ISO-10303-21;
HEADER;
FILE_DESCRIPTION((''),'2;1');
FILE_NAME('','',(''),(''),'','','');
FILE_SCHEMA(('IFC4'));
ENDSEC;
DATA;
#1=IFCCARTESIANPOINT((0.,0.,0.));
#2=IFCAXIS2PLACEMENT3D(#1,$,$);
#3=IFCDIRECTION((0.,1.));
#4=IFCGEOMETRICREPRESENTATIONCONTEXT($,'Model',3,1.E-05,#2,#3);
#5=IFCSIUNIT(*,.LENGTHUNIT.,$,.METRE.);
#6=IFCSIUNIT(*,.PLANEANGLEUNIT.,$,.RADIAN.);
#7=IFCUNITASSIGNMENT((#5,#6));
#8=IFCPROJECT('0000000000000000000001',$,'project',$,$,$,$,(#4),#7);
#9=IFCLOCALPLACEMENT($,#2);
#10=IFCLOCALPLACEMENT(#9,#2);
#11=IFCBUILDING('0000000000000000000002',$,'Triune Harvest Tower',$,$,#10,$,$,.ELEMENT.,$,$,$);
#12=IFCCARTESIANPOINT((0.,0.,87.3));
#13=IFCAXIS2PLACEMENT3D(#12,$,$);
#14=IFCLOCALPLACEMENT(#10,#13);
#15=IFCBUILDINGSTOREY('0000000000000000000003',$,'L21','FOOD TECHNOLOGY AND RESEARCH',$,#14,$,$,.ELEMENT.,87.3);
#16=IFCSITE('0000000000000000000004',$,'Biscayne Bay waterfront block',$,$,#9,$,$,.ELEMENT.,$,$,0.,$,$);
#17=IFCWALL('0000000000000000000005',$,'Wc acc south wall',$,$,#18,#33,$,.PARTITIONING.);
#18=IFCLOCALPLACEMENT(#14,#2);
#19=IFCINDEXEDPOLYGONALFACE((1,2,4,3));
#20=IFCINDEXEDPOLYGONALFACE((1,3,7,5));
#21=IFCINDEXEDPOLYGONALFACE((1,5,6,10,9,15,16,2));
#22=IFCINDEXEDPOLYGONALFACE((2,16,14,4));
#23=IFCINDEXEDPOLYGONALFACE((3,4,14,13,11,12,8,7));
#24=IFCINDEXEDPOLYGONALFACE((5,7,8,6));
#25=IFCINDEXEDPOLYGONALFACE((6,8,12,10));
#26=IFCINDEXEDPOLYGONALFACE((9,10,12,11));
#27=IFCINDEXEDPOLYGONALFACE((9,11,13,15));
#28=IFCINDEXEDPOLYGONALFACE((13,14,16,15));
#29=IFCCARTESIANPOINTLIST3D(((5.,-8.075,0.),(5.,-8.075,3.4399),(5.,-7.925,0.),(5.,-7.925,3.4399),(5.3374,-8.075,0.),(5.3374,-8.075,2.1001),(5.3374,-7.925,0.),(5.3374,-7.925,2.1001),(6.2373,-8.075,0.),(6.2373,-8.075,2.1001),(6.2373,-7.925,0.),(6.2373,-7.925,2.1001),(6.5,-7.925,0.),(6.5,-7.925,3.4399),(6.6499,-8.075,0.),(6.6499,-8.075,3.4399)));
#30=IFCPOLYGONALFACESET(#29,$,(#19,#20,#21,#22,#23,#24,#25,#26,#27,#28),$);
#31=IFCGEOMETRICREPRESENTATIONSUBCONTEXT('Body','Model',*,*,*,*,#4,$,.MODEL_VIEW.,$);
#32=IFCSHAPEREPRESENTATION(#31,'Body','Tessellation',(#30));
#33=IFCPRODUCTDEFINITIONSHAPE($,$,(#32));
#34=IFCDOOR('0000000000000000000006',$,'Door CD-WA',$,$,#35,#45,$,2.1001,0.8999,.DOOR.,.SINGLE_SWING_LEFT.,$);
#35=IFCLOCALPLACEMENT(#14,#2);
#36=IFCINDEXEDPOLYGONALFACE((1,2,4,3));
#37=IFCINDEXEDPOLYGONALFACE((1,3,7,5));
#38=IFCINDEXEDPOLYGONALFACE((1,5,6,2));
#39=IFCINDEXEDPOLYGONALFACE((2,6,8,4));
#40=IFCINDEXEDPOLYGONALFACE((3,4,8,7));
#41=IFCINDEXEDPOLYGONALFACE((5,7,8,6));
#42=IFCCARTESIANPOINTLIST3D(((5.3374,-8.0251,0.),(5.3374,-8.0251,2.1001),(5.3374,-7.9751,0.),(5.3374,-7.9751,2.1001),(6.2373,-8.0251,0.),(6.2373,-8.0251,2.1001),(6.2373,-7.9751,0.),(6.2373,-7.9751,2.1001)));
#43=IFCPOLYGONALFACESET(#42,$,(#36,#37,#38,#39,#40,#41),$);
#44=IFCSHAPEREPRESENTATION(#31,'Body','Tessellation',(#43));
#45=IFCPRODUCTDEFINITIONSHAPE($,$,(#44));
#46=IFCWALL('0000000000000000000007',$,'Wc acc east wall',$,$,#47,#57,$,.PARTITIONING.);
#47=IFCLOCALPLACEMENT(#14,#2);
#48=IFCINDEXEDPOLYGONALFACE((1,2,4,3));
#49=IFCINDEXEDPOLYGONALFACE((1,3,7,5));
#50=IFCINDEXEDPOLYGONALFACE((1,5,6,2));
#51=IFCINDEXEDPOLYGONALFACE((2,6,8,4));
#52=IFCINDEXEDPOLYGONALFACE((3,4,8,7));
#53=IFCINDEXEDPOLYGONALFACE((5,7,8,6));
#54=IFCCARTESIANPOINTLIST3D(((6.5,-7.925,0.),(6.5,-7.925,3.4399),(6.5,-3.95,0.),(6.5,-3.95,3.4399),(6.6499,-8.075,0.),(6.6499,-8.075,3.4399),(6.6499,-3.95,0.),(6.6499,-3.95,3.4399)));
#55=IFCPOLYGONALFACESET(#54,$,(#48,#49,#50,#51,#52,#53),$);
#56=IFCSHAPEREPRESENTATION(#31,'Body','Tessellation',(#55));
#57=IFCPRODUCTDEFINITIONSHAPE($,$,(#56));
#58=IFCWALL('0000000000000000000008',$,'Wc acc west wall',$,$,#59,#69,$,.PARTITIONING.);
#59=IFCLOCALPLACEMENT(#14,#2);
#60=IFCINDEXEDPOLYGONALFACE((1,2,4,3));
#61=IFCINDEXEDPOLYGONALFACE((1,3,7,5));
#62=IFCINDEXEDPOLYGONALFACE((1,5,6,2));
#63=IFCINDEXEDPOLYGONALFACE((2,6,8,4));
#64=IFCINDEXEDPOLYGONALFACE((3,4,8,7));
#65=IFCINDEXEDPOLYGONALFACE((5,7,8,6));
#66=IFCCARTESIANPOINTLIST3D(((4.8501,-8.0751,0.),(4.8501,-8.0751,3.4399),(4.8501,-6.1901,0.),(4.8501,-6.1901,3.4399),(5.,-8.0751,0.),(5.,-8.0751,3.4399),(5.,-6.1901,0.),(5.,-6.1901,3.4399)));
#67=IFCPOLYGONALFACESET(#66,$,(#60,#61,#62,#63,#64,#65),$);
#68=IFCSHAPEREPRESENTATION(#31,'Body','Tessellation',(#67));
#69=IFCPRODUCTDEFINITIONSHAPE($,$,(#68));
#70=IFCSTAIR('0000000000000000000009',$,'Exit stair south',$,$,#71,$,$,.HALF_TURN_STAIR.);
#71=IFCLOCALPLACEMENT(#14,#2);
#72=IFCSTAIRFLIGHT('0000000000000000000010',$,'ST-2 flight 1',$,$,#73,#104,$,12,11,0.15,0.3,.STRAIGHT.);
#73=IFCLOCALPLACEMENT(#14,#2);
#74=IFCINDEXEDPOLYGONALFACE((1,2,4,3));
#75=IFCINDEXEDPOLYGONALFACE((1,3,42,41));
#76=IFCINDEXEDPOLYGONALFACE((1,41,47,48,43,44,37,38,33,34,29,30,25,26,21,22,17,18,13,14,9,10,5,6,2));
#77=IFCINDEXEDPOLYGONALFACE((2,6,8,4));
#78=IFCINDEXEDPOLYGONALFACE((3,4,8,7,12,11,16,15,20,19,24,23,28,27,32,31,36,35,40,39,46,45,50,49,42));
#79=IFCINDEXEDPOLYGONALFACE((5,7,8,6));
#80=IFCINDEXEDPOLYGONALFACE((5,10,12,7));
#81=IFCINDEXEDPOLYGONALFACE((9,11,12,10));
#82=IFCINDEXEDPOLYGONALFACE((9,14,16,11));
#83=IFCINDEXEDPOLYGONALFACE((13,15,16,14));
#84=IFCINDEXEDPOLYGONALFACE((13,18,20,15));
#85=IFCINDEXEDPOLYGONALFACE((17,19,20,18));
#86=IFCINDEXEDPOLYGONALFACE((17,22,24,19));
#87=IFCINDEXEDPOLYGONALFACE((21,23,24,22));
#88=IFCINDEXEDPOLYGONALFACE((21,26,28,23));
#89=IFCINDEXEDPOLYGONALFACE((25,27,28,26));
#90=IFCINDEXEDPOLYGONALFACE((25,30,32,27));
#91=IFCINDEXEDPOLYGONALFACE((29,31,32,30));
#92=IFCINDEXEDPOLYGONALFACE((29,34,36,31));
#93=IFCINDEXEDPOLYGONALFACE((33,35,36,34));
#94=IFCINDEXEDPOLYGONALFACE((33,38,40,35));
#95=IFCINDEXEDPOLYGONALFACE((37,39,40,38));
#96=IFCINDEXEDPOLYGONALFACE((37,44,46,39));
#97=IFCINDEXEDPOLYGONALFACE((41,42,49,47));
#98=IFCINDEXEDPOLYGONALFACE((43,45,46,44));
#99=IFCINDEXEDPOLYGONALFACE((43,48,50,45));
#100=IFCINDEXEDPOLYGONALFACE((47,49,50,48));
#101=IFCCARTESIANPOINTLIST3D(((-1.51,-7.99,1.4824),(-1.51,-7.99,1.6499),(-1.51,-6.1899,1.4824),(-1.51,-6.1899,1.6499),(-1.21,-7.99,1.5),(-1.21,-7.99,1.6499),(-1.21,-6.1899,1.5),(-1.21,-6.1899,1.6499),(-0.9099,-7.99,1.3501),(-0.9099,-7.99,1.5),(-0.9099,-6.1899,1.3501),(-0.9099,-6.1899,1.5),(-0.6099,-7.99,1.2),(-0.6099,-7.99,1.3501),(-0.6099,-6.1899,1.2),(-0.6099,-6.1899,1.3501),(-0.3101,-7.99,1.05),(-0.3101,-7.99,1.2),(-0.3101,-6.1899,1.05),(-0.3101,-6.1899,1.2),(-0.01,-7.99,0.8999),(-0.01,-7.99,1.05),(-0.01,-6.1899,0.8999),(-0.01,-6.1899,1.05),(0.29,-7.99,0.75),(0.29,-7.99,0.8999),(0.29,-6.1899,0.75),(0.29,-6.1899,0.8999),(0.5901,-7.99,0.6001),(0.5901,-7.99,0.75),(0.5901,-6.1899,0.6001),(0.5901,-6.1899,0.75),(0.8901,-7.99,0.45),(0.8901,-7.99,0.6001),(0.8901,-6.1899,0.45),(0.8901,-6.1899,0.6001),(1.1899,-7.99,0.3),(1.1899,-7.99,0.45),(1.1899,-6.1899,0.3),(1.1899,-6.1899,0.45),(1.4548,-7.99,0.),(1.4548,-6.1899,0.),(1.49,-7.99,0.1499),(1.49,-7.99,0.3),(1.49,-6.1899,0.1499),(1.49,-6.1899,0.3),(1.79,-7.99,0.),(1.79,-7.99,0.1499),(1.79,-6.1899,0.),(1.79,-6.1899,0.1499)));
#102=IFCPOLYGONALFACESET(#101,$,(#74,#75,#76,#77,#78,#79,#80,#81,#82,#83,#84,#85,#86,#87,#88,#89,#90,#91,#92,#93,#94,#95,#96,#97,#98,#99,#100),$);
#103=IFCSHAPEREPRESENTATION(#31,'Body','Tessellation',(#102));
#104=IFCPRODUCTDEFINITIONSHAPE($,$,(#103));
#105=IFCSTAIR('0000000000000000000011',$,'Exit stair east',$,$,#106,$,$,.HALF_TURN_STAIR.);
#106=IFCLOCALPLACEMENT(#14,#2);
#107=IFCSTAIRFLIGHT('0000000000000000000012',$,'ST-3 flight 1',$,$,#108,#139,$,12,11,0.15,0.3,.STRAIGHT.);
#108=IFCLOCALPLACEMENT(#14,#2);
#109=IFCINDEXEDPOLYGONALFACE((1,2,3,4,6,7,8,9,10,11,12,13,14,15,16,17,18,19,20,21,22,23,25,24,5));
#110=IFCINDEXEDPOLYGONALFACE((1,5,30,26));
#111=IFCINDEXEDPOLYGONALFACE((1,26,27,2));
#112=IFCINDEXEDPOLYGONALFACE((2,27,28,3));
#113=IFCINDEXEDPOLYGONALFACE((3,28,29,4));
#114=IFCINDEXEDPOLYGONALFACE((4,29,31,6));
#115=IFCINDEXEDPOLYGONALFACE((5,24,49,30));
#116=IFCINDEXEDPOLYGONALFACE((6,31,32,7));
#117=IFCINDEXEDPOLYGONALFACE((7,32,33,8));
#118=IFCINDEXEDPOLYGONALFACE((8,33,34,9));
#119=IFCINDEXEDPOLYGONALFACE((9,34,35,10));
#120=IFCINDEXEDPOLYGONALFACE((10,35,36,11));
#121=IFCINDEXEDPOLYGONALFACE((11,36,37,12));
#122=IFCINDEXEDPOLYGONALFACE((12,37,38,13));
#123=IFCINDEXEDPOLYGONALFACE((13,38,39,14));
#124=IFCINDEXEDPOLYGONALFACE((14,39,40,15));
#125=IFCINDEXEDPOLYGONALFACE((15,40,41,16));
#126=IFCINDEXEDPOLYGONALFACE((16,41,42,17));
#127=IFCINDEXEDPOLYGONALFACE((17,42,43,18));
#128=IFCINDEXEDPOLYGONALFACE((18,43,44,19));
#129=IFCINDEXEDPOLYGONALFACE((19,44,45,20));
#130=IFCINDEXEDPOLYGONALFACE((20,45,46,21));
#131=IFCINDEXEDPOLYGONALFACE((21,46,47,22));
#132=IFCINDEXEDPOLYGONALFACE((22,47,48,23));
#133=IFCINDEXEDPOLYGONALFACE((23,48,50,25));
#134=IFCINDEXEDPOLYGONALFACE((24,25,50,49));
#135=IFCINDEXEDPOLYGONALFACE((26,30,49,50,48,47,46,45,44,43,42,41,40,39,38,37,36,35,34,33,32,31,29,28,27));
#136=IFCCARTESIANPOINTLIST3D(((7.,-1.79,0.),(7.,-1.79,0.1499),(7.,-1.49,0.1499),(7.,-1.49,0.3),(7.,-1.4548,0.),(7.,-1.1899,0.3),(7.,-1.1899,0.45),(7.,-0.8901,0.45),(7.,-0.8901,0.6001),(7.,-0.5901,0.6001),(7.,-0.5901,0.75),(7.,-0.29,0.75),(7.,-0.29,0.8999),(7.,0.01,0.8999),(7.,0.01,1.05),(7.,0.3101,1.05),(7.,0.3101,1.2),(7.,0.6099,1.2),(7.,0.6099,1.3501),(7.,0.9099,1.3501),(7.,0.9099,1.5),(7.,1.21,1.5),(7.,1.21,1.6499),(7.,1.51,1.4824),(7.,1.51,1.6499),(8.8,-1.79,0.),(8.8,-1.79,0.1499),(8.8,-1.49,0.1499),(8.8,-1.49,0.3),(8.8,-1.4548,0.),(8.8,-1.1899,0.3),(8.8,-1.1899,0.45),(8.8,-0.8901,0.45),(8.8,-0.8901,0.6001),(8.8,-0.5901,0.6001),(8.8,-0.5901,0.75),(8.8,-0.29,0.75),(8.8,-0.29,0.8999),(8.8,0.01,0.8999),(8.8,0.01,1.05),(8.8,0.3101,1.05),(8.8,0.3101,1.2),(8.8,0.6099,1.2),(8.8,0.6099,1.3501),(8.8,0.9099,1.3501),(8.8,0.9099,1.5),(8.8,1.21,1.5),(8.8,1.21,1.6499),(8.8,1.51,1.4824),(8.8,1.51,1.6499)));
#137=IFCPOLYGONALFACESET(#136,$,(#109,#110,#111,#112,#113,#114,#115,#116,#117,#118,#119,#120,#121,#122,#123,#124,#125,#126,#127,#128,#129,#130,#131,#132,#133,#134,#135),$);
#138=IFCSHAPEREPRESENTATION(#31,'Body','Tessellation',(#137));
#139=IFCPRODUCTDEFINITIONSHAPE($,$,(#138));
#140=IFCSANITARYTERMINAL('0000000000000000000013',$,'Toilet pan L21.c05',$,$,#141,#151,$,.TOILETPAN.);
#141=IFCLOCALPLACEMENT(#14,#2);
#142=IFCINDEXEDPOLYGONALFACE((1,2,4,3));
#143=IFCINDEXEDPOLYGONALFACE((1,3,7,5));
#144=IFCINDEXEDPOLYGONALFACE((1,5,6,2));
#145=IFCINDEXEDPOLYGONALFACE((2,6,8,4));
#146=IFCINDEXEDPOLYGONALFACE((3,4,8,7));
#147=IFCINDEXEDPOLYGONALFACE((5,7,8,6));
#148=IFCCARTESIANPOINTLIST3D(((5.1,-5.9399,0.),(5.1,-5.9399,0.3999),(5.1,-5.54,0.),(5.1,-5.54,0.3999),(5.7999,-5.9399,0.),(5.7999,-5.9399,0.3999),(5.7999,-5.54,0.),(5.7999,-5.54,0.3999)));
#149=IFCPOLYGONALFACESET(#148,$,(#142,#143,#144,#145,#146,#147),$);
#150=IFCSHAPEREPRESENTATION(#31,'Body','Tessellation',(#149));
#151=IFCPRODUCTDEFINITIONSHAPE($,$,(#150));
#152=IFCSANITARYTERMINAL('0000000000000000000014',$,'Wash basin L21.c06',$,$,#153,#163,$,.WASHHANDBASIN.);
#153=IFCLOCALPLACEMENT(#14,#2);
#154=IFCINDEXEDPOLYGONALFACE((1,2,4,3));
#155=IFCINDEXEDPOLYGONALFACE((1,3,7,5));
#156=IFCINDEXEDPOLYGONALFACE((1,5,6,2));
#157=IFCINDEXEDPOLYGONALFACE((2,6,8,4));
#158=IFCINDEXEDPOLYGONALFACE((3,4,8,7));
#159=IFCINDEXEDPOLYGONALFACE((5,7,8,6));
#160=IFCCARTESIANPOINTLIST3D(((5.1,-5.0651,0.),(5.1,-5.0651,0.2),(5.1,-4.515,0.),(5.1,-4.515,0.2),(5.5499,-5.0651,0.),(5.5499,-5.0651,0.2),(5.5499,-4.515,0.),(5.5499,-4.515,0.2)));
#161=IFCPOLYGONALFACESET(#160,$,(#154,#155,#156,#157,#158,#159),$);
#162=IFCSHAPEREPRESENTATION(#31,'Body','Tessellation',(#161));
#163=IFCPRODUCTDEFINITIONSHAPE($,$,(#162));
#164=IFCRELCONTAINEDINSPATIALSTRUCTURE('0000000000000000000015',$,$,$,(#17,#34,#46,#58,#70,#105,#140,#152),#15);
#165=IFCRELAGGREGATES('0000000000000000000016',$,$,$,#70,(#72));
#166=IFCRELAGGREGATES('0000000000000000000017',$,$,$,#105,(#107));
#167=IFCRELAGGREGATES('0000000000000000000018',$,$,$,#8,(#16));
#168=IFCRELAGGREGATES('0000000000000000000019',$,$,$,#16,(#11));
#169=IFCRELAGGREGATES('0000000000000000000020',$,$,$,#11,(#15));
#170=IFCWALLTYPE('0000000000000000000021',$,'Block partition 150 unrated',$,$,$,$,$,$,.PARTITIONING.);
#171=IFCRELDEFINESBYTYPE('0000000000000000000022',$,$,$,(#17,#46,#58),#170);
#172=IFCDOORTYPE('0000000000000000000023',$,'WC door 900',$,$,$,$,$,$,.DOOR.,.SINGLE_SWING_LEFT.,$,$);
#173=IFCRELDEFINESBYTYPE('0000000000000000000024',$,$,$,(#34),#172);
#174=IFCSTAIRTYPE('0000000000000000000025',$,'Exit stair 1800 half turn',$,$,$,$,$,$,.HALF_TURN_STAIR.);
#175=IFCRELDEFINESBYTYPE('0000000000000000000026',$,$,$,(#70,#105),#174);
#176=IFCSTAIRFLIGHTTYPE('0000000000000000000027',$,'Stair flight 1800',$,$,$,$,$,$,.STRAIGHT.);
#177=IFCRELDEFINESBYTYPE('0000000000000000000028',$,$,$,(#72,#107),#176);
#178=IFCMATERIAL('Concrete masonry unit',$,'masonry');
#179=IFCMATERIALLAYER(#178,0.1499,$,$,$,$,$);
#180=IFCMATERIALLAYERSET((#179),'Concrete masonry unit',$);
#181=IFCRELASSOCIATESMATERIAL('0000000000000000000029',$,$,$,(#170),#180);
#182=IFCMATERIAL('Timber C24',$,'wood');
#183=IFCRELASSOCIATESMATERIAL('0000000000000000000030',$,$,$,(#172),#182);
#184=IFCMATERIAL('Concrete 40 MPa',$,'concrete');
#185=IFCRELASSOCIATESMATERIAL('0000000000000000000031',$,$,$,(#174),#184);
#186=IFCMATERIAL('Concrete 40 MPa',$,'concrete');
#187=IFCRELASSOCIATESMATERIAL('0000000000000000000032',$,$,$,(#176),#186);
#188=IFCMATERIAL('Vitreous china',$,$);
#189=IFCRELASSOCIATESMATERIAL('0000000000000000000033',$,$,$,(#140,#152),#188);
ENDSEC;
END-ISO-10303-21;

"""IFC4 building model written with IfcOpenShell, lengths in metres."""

from ifc_helpers import new_model, si_unit, direction, frame, frame_2d, origin, origin_2d, place, context, subcontext, project, spatial, polyline, rectangle, outline, extrude, source, transform, mapped, material, layer, layer_set, type_object, element, fill, aggregate, save


model = new_model("IFC4")

# Units and contexts
model_context = context("Model", 3, precision=1e-05, world=origin(), true_north=direction((0.0, 1.0)))
body_context = subcontext(model_context, "Body", "Model", "MODEL_VIEW")
ifc_project = project(units=[si_unit("LENGTHUNIT", "METRE"), si_unit("PLANEANGLEUNIT", "RADIAN")], contexts=[model_context])

# Site, building, storey
site_placement = place(None, origin())
site = spatial("IfcSite", under=ifc_project, at=site_placement, Name="Biscayne Bay waterfront block", CompositionType="ELEMENT", RefElevation=0.0)
building_placement = place(site_placement, origin())
building = spatial("IfcBuilding", under=site, at=building_placement, Name="Triune Harvest Tower", CompositionType="ELEMENT")
storey_placement = place(building_placement, frame((0.0, 0.0, 87.3)))
storey = spatial("IfcBuildingStorey", under=building, at=storey_placement, Name="L21", Description="FOOD TECHNOLOGY AND RESEARCH", CompositionType="ELEMENT", Elevation=87.3)

# Wall, opening, door
ifc_material_1 = material(Name="Concrete masonry unit", Category="masonry")
ifc_layer_1 = layer(ifc_material_1, 0.1499)
ifc_layer_set_1 = layer_set([ifc_layer_1], Name="Concrete masonry unit")
wall_type_1 = type_object("IfcWallType", Name="Block partition 150 unrated", PredefinedType="PARTITIONING", material=ifc_layer_set_1)
shared_shape_1 = source(origin(), body_context, "Body", "SweptSolid", [
    extrude(outline(polyline([(0.0, -0.075), (1.6499, -0.075), (1.5, 0.075), (0.0, 0.075), (0.0, -0.075)])), origin(), (0.0, 0.0, 1.0), 3.4399),
])
wall_1_placement = place(storey_placement, frame((5.0, -8.0, 0.0), z_axis=(0.0, 0.0, 1.0), x_axis=(1.0, 0.0, 0.0)))
wall_1 = element("IfcWall", 1, at=wall_1_placement, inside=storey, type_object=wall_type_1, Name="Wc acc south wall", PredefinedType="PARTITIONING", context=body_context, shape_type="MappedRepresentation", body=[
    mapped(shared_shape_1, transform((0.0, 0.0, 0.0), scale=1.0)),
])
opening_1_placement = place(wall_1_placement, frame((0.3374, 0.0, 0.0)))
opening_1 = element("IfcOpeningElement", 2, at=opening_1_placement, cuts=wall_1, PredefinedType="OPENING", context=body_context, shape_type="SweptSolid", body=[
    extrude(rectangle(XDim=0.8999, YDim=2.1001, at=frame_2d((0.45, 1.05))), frame((0.0, 0.085, 0.0), z_axis=(0.0, -1.0, 0.0), x_axis=(1.0, 0.0, 0.0)), (0.0, 0.0, 1.0), 0.1699),
])
ifc_material_2 = material(Name="Timber C24", Category="wood")
door_type_1 = type_object("IfcDoorType", Name="WC door 900", OperationType="SINGLE_SWING_LEFT", PredefinedType="DOOR", material=ifc_material_2)
door_1_placement = place(opening_1_placement, origin())
door_1 = element("IfcDoor", 3, at=door_1_placement, inside=storey, type_object=door_type_1, Name="Door CD-WA", OperationType="SINGLE_SWING_LEFT", OverallHeight=2.1001, OverallWidth=0.8999, PredefinedType="DOOR", context=body_context, shape_type="SweptSolid", body=[
    extrude(rectangle(XDim=0.8999, YDim=2.1001, at=frame_2d((0.45, 1.05))), frame((0.0, 0.0249, 0.0), z_axis=(0.0, -1.0, 0.0), x_axis=(1.0, 0.0, 0.0)), (0.0, 0.0, 1.0), 0.05),
])
fill(opening_1, door_1)

# Walls
shared_shape_2 = source(origin(), body_context, "Body", "SweptSolid", [
    extrude(outline(polyline([(-0.075, -0.075), (4.05, -0.075), (4.05, 0.075), (0.075, 0.075), (-0.075, -0.075)])), origin(), (0.0, 0.0, 1.0), 3.4399),
])
wall_2_placement = place(storey_placement, frame((6.575, -8.0, 0.0), z_axis=(0.0, 0.0, 1.0), x_axis=(0.0, 1.0, 0.0)))
element("IfcWall", 4, at=wall_2_placement, inside=storey, type_object=wall_type_1, Name="Wc acc east wall", PredefinedType="PARTITIONING", context=body_context, shape_type="MappedRepresentation", body=[
    mapped(shared_shape_2, transform((0.0, 0.0, 0.0), scale=1.0)),
])
shared_shape_3 = source(origin(), body_context, "Body", "SweptSolid", [
    extrude(rectangle(XDim=1.885, YDim=0.1499, at=frame_2d((0.9424, 0.0))), origin(), (0.0, 0.0, 1.0), 3.4399),
])
wall_3_placement = place(storey_placement, frame((4.925, -8.075, 0.0), z_axis=(0.0, 0.0, 1.0), x_axis=(0.0, 1.0, 0.0)))
element("IfcWall", 5, at=wall_3_placement, inside=storey, type_object=wall_type_1, Name="Wc acc west wall", PredefinedType="PARTITIONING", context=body_context, shape_type="MappedRepresentation", body=[
    mapped(shared_shape_3, transform((0.0, 0.0, 0.0), scale=1.0)),
])

# Stairs, stair flights
ifc_material_3 = material(Name="Concrete 40 MPa", Category="concrete")
stair_type = type_object("IfcStairType", Name="Exit stair 1800 half turn", PredefinedType="HALF_TURN_STAIR", material=ifc_material_3)
stair_1_placement = place(storey_placement, origin())
stair_1 = element("IfcStair", 6, at=stair_1_placement, inside=storey, type_object=stair_type, Name="Exit stair south", PredefinedType="HALF_TURN_STAIR")
ifc_material_4 = material(Name="Concrete 40 MPa", Category="concrete")
stair_flight_type = type_object("IfcStairFlightType", Name="Stair flight 1800", PredefinedType="STRAIGHT", material=ifc_material_4)
shared_shape_4 = source(origin(), body_context, "Body", "SweptSolid", [
    extrude(outline(polyline([(0.0, 0.0), (0.0, 0.1499), (0.3, 0.1499), (0.3, 0.3), (0.6001, 0.3), (0.6001, 0.45), (0.8999, 0.45), (0.8999, 0.6001), (1.2, 0.6001), (1.2, 0.75), (1.5, 0.75), (1.5, 0.8999), (1.8, 0.8999), (1.8, 1.05), (2.1001, 1.05), (2.1001, 1.2), (2.3999, 1.2), (2.3999, 1.3501), (2.7, 1.3501), (2.7, 1.5), (3.0, 1.5), (3.0, 1.6499), (3.3, 1.6499), (3.3, 1.8), (3.3, 1.4824), (0.3352, 0.0), (0.0, 0.0)])), frame((0.0, 0.8999, 0.0), z_axis=(0.0, -1.0, 0.0), x_axis=(1.0, 0.0, 0.0)), (0.0, 0.0, 1.0), 1.8),
])
stair_flight_1_placement = place(storey_placement, frame((1.79, -7.0901, 0.0), z_axis=(0.0, 0.0, 1.0), x_axis=(-1.0, 0.0, 0.0)))
stair_flight_1 = element("IfcStairFlight", 7, at=stair_flight_1_placement, type_object=stair_flight_type, Name="ST-2 flight 1", NumberOfRisers=12, NumberOfTreads=11, PredefinedType="STRAIGHT", RiserHeight=0.15, TreadLength=0.3, context=body_context, shape_type="MappedRepresentation", body=[
    mapped(shared_shape_4, transform((0.0, 0.0, 0.0), scale=1.0)),
])
aggregate(stair_1, [stair_flight_1])
stair_2_placement = place(storey_placement, origin())
stair_2 = element("IfcStair", 8, at=stair_2_placement, inside=storey, type_object=stair_type, Name="Exit stair east", PredefinedType="HALF_TURN_STAIR")
stair_flight_2_placement = place(storey_placement, frame((7.8999, -1.79, 0.0), z_axis=(0.0, 0.0, 1.0), x_axis=(0.0, 1.0, 0.0)))
stair_flight_2 = element("IfcStairFlight", 9, at=stair_flight_2_placement, type_object=stair_flight_type, Name="ST-3 flight 1", NumberOfRisers=12, NumberOfTreads=11, PredefinedType="STRAIGHT", RiserHeight=0.15, TreadLength=0.3, context=body_context, shape_type="MappedRepresentation", body=[
    mapped(shared_shape_4, transform((0.0, 0.0, 0.0), scale=1.0)),
])
aggregate(stair_2, [stair_flight_2])

# Sanitary terminals
ifc_material_5 = material(Name="Vitreous china")
shared_shape_5 = source(origin(), body_context, "Body", "SweptSolid", [
    extrude(rectangle(XDim=0.3999, YDim=0.7, at=origin_2d()), origin(), (0.0, 0.0, 1.0), 0.3999),
])
sanitary_terminal_1_placement = place(storey_placement, frame((5.45, -5.74, 0.0), z_axis=(0.0, 0.0, 1.0), x_axis=(0.0, 1.0, 0.0)))
element("IfcSanitaryTerminal", 10, at=sanitary_terminal_1_placement, inside=storey, material=ifc_material_5, Name="Toilet pan L21.c05", PredefinedType="TOILETPAN", context=body_context, shape_type="MappedRepresentation", body=[
    mapped(shared_shape_5, transform((0.0, 0.0, 0.0), scale=1.0)),
])
shared_shape_6 = source(origin(), body_context, "Body", "SweptSolid", [
    extrude(rectangle(XDim=0.55, YDim=0.45, at=origin_2d()), origin(), (0.0, 0.0, 1.0), 0.2),
])
sanitary_terminal_2_placement = place(storey_placement, frame((5.325, -4.79, 0.0), z_axis=(0.0, 0.0, 1.0), x_axis=(0.0, 1.0, 0.0)))
element("IfcSanitaryTerminal", 11, at=sanitary_terminal_2_placement, inside=storey, material=ifc_material_5, Name="Wash basin L21.c06", PredefinedType="WASHHANDBASIN", context=body_context, shape_type="MappedRepresentation", body=[
    mapped(shared_shape_6, transform((0.0, 0.0, 0.0), scale=1.0)),
])

save(model, "model.ifc")
